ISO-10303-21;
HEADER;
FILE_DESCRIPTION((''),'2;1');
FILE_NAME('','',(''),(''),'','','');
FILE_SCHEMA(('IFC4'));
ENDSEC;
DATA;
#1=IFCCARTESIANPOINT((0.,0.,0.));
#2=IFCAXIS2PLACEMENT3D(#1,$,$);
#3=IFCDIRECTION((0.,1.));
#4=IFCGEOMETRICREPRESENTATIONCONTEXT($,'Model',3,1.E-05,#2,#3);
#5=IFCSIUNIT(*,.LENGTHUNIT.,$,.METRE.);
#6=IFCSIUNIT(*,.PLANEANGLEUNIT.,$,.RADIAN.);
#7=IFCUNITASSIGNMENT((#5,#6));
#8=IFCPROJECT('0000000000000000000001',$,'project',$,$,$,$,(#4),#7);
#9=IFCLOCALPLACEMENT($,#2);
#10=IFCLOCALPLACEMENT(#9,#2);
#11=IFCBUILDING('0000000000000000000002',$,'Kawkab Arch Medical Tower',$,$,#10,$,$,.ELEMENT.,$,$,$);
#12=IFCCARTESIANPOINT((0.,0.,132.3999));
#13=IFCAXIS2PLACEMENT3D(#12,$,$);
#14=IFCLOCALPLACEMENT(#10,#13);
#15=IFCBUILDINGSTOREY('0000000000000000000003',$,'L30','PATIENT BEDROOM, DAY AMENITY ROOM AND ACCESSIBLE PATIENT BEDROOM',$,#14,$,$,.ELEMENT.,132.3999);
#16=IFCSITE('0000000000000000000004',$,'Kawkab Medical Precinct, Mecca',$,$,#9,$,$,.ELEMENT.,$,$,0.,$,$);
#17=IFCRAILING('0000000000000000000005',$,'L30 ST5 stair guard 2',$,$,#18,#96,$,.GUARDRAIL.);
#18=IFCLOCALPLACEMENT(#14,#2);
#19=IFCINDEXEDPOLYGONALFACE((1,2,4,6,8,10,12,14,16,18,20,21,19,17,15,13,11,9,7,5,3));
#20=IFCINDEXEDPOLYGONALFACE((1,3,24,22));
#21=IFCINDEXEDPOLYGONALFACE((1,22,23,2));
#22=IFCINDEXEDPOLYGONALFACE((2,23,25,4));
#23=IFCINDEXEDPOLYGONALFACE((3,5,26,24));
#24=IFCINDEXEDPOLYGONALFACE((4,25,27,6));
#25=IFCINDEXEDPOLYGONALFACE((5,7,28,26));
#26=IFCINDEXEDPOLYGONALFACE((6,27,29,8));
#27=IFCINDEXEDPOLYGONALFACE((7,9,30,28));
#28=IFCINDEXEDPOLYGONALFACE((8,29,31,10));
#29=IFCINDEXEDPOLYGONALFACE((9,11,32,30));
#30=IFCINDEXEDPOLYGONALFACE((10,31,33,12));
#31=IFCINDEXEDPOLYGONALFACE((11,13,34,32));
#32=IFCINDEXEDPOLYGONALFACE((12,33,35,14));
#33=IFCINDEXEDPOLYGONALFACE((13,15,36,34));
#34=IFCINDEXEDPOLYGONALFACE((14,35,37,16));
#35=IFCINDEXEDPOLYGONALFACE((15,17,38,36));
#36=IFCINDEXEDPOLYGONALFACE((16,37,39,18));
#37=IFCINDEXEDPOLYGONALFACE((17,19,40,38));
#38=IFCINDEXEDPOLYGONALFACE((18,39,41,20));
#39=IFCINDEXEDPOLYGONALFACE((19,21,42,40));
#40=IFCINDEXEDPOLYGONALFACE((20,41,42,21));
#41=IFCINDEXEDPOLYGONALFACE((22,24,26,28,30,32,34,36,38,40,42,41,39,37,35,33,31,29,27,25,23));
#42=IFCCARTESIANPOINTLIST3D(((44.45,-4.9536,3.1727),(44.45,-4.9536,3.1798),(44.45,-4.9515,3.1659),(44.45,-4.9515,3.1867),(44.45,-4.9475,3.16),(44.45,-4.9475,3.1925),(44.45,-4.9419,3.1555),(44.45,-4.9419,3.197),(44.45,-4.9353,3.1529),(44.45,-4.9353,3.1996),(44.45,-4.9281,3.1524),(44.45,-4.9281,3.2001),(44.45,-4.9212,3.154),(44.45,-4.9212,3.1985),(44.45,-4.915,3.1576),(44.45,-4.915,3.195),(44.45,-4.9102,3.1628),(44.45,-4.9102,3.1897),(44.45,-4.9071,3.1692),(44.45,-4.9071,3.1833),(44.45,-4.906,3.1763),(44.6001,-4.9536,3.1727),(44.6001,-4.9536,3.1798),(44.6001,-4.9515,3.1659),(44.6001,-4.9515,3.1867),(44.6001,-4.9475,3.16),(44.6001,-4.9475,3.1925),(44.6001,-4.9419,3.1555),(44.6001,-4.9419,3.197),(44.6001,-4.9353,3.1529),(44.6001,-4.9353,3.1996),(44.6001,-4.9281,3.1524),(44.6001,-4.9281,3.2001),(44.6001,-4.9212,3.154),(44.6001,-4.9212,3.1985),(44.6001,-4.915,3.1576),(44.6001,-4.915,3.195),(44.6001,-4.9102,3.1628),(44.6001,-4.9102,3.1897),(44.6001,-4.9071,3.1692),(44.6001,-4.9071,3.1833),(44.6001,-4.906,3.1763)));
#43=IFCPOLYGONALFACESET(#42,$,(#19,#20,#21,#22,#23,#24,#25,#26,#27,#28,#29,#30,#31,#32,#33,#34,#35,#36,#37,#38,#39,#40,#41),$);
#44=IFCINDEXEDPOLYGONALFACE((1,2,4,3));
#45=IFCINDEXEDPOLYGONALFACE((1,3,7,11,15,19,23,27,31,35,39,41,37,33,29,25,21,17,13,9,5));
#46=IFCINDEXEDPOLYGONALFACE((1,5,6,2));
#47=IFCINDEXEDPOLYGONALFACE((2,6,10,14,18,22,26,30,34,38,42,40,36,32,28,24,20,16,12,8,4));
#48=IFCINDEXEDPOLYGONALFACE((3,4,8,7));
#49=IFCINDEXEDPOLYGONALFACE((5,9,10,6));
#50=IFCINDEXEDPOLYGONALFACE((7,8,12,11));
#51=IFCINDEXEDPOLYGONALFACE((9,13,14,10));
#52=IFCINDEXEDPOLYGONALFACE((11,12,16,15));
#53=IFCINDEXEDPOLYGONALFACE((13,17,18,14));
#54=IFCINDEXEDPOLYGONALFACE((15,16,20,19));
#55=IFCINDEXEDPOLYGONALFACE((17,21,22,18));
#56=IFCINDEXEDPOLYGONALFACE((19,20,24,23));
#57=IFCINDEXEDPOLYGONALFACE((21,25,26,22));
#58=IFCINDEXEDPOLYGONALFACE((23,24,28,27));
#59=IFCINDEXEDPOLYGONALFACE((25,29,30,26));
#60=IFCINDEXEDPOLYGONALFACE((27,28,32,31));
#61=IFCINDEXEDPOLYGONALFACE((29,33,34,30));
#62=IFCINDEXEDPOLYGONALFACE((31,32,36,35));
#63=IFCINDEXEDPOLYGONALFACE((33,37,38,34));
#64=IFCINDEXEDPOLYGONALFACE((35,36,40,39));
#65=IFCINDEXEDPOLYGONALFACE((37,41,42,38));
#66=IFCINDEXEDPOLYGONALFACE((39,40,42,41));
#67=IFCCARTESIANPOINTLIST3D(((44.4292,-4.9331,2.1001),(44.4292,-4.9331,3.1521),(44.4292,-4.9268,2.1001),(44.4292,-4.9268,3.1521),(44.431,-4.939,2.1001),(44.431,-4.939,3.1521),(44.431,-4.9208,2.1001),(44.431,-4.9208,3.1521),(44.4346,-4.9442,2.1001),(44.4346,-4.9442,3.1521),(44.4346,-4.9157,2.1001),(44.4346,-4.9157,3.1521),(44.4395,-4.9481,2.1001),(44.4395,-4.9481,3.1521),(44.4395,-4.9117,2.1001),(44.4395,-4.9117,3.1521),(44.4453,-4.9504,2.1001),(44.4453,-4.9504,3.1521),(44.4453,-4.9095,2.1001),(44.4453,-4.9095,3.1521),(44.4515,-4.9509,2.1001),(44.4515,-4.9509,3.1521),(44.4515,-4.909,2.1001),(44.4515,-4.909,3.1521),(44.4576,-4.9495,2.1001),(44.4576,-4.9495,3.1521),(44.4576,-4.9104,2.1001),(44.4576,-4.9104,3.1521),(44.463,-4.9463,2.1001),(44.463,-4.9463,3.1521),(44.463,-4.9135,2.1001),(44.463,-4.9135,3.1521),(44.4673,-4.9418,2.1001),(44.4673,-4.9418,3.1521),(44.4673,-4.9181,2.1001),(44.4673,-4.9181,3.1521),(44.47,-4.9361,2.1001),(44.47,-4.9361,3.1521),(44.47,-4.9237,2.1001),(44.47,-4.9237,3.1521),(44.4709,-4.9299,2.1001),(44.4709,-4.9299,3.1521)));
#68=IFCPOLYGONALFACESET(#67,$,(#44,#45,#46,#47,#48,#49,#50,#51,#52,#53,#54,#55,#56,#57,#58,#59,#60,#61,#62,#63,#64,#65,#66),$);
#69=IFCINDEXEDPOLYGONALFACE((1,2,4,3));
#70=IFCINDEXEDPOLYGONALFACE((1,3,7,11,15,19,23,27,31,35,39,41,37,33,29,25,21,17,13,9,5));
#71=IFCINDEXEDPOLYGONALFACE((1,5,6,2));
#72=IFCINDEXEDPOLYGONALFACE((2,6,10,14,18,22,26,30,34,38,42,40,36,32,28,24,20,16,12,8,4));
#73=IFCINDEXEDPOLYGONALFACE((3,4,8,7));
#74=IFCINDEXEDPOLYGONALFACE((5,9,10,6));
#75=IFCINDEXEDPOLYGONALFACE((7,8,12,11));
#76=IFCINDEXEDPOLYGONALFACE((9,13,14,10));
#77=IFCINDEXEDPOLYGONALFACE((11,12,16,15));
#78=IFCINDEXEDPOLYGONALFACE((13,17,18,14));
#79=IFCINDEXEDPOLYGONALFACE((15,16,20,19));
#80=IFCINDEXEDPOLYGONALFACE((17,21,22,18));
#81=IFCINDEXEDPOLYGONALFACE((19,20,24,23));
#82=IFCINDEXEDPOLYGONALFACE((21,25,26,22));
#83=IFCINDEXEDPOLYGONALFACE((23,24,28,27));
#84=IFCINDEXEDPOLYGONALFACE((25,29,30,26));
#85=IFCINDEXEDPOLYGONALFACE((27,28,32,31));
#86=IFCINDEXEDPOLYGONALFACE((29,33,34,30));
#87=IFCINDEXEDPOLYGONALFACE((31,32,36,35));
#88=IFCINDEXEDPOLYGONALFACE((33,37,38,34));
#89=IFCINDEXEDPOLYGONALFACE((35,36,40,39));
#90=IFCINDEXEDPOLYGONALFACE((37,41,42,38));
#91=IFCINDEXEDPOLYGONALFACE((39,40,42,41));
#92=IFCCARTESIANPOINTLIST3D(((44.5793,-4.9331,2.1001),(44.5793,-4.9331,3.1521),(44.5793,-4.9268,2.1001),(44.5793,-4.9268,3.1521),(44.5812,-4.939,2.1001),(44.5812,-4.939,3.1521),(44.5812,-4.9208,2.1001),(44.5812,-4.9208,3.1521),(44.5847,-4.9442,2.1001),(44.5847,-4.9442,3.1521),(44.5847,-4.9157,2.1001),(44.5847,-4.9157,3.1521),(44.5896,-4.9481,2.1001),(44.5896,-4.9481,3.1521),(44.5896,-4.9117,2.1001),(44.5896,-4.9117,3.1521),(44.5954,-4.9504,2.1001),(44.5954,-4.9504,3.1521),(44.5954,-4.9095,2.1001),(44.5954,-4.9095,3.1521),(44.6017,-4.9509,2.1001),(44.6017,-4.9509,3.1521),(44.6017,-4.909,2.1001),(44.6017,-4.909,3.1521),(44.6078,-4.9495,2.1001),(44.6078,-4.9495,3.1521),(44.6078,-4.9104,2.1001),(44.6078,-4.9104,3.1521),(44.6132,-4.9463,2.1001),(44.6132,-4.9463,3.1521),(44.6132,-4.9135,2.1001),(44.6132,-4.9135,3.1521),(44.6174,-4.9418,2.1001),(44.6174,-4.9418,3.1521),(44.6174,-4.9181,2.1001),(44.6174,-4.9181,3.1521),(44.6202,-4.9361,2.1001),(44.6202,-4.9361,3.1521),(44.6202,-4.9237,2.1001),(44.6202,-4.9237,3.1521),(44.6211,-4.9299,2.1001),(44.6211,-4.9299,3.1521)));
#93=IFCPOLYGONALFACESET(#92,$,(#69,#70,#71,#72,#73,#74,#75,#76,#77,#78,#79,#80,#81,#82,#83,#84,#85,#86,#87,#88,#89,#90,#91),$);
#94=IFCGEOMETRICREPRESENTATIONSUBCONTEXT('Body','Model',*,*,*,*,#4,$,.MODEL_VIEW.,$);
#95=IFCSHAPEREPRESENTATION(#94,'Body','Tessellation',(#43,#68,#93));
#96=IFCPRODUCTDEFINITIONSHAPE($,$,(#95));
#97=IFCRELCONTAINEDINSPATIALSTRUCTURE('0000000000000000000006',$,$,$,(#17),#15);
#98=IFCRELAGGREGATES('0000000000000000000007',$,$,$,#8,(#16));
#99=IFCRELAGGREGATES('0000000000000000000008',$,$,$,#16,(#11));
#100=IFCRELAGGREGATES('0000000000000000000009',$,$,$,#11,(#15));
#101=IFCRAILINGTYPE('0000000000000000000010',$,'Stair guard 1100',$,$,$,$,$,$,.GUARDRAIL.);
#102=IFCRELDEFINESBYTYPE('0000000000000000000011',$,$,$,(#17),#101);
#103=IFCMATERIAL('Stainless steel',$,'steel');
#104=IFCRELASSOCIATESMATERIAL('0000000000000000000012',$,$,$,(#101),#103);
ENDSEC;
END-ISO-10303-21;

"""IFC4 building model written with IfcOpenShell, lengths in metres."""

from ifc_helpers import new_model, si_unit, direction, frame, origin, origin_2d, place, context, subcontext, project, spatial, circle, extrude, material, type_object, element, save


model = new_model("IFC4")

# Units and contexts
model_context = context("Model", 3, precision=1e-05, world=origin(), true_north=direction((0.0, 1.0)))
body_context = subcontext(model_context, "Body", "Model", "MODEL_VIEW")
ifc_project = project(units=[si_unit("LENGTHUNIT", "METRE"), si_unit("PLANEANGLEUNIT", "RADIAN")], contexts=[model_context])

# Site, building, storey
site_placement = place(None, origin())
site = spatial("IfcSite", under=ifc_project, at=site_placement, Name="Kawkab Medical Precinct, Mecca", CompositionType="ELEMENT", RefElevation=0.0)
building_placement = place(site_placement, origin())
building = spatial("IfcBuilding", under=site, at=building_placement, Name="Kawkab Arch Medical Tower", CompositionType="ELEMENT")
storey_placement = place(building_placement, frame((0.0, 0.0, 132.3999)))
storey = spatial("IfcBuildingStorey", under=building, at=storey_placement, Name="L30", Description="PATIENT BEDROOM, DAY AMENITY ROOM AND ACCESSIBLE PATIENT BEDROOM", CompositionType="ELEMENT", Elevation=132.3999)

# Railing
ifc_material_1 = material(Name="Stainless steel", Category="steel")
railing_type = type_object("IfcRailingType", Name="Stair guard 1100", PredefinedType="GUARDRAIL", material=ifc_material_1)
railing_1_placement = place(storey_placement, frame((44.45, -4.9299, 2.1001)))
element("IfcRailing", 1, at=railing_1_placement, inside=storey, type_object=railing_type, Name="L30 ST5 stair guard 2", PredefinedType="GUARDRAIL", context=body_context, shape_type="SweptSolid", body=[
    extrude(circle(Radius=0.0239, at=origin_2d()), frame((0.0, 0.0, 1.0762), z_axis=(1.0, 0.0, 0.0), x_axis=(0.0, 1.0, 0.0)), (0.0, 0.0, 1.0), 0.1501),
    extrude(circle(Radius=0.021, at=origin_2d()), origin(), (0.0, 0.0, 1.0), 1.052),
    extrude(circle(Radius=0.021, at=origin_2d()), frame((0.1501, 0.0, 0.0)), (0.0, 0.0, 1.0), 1.052),
])

save(model, "model.ifc")
